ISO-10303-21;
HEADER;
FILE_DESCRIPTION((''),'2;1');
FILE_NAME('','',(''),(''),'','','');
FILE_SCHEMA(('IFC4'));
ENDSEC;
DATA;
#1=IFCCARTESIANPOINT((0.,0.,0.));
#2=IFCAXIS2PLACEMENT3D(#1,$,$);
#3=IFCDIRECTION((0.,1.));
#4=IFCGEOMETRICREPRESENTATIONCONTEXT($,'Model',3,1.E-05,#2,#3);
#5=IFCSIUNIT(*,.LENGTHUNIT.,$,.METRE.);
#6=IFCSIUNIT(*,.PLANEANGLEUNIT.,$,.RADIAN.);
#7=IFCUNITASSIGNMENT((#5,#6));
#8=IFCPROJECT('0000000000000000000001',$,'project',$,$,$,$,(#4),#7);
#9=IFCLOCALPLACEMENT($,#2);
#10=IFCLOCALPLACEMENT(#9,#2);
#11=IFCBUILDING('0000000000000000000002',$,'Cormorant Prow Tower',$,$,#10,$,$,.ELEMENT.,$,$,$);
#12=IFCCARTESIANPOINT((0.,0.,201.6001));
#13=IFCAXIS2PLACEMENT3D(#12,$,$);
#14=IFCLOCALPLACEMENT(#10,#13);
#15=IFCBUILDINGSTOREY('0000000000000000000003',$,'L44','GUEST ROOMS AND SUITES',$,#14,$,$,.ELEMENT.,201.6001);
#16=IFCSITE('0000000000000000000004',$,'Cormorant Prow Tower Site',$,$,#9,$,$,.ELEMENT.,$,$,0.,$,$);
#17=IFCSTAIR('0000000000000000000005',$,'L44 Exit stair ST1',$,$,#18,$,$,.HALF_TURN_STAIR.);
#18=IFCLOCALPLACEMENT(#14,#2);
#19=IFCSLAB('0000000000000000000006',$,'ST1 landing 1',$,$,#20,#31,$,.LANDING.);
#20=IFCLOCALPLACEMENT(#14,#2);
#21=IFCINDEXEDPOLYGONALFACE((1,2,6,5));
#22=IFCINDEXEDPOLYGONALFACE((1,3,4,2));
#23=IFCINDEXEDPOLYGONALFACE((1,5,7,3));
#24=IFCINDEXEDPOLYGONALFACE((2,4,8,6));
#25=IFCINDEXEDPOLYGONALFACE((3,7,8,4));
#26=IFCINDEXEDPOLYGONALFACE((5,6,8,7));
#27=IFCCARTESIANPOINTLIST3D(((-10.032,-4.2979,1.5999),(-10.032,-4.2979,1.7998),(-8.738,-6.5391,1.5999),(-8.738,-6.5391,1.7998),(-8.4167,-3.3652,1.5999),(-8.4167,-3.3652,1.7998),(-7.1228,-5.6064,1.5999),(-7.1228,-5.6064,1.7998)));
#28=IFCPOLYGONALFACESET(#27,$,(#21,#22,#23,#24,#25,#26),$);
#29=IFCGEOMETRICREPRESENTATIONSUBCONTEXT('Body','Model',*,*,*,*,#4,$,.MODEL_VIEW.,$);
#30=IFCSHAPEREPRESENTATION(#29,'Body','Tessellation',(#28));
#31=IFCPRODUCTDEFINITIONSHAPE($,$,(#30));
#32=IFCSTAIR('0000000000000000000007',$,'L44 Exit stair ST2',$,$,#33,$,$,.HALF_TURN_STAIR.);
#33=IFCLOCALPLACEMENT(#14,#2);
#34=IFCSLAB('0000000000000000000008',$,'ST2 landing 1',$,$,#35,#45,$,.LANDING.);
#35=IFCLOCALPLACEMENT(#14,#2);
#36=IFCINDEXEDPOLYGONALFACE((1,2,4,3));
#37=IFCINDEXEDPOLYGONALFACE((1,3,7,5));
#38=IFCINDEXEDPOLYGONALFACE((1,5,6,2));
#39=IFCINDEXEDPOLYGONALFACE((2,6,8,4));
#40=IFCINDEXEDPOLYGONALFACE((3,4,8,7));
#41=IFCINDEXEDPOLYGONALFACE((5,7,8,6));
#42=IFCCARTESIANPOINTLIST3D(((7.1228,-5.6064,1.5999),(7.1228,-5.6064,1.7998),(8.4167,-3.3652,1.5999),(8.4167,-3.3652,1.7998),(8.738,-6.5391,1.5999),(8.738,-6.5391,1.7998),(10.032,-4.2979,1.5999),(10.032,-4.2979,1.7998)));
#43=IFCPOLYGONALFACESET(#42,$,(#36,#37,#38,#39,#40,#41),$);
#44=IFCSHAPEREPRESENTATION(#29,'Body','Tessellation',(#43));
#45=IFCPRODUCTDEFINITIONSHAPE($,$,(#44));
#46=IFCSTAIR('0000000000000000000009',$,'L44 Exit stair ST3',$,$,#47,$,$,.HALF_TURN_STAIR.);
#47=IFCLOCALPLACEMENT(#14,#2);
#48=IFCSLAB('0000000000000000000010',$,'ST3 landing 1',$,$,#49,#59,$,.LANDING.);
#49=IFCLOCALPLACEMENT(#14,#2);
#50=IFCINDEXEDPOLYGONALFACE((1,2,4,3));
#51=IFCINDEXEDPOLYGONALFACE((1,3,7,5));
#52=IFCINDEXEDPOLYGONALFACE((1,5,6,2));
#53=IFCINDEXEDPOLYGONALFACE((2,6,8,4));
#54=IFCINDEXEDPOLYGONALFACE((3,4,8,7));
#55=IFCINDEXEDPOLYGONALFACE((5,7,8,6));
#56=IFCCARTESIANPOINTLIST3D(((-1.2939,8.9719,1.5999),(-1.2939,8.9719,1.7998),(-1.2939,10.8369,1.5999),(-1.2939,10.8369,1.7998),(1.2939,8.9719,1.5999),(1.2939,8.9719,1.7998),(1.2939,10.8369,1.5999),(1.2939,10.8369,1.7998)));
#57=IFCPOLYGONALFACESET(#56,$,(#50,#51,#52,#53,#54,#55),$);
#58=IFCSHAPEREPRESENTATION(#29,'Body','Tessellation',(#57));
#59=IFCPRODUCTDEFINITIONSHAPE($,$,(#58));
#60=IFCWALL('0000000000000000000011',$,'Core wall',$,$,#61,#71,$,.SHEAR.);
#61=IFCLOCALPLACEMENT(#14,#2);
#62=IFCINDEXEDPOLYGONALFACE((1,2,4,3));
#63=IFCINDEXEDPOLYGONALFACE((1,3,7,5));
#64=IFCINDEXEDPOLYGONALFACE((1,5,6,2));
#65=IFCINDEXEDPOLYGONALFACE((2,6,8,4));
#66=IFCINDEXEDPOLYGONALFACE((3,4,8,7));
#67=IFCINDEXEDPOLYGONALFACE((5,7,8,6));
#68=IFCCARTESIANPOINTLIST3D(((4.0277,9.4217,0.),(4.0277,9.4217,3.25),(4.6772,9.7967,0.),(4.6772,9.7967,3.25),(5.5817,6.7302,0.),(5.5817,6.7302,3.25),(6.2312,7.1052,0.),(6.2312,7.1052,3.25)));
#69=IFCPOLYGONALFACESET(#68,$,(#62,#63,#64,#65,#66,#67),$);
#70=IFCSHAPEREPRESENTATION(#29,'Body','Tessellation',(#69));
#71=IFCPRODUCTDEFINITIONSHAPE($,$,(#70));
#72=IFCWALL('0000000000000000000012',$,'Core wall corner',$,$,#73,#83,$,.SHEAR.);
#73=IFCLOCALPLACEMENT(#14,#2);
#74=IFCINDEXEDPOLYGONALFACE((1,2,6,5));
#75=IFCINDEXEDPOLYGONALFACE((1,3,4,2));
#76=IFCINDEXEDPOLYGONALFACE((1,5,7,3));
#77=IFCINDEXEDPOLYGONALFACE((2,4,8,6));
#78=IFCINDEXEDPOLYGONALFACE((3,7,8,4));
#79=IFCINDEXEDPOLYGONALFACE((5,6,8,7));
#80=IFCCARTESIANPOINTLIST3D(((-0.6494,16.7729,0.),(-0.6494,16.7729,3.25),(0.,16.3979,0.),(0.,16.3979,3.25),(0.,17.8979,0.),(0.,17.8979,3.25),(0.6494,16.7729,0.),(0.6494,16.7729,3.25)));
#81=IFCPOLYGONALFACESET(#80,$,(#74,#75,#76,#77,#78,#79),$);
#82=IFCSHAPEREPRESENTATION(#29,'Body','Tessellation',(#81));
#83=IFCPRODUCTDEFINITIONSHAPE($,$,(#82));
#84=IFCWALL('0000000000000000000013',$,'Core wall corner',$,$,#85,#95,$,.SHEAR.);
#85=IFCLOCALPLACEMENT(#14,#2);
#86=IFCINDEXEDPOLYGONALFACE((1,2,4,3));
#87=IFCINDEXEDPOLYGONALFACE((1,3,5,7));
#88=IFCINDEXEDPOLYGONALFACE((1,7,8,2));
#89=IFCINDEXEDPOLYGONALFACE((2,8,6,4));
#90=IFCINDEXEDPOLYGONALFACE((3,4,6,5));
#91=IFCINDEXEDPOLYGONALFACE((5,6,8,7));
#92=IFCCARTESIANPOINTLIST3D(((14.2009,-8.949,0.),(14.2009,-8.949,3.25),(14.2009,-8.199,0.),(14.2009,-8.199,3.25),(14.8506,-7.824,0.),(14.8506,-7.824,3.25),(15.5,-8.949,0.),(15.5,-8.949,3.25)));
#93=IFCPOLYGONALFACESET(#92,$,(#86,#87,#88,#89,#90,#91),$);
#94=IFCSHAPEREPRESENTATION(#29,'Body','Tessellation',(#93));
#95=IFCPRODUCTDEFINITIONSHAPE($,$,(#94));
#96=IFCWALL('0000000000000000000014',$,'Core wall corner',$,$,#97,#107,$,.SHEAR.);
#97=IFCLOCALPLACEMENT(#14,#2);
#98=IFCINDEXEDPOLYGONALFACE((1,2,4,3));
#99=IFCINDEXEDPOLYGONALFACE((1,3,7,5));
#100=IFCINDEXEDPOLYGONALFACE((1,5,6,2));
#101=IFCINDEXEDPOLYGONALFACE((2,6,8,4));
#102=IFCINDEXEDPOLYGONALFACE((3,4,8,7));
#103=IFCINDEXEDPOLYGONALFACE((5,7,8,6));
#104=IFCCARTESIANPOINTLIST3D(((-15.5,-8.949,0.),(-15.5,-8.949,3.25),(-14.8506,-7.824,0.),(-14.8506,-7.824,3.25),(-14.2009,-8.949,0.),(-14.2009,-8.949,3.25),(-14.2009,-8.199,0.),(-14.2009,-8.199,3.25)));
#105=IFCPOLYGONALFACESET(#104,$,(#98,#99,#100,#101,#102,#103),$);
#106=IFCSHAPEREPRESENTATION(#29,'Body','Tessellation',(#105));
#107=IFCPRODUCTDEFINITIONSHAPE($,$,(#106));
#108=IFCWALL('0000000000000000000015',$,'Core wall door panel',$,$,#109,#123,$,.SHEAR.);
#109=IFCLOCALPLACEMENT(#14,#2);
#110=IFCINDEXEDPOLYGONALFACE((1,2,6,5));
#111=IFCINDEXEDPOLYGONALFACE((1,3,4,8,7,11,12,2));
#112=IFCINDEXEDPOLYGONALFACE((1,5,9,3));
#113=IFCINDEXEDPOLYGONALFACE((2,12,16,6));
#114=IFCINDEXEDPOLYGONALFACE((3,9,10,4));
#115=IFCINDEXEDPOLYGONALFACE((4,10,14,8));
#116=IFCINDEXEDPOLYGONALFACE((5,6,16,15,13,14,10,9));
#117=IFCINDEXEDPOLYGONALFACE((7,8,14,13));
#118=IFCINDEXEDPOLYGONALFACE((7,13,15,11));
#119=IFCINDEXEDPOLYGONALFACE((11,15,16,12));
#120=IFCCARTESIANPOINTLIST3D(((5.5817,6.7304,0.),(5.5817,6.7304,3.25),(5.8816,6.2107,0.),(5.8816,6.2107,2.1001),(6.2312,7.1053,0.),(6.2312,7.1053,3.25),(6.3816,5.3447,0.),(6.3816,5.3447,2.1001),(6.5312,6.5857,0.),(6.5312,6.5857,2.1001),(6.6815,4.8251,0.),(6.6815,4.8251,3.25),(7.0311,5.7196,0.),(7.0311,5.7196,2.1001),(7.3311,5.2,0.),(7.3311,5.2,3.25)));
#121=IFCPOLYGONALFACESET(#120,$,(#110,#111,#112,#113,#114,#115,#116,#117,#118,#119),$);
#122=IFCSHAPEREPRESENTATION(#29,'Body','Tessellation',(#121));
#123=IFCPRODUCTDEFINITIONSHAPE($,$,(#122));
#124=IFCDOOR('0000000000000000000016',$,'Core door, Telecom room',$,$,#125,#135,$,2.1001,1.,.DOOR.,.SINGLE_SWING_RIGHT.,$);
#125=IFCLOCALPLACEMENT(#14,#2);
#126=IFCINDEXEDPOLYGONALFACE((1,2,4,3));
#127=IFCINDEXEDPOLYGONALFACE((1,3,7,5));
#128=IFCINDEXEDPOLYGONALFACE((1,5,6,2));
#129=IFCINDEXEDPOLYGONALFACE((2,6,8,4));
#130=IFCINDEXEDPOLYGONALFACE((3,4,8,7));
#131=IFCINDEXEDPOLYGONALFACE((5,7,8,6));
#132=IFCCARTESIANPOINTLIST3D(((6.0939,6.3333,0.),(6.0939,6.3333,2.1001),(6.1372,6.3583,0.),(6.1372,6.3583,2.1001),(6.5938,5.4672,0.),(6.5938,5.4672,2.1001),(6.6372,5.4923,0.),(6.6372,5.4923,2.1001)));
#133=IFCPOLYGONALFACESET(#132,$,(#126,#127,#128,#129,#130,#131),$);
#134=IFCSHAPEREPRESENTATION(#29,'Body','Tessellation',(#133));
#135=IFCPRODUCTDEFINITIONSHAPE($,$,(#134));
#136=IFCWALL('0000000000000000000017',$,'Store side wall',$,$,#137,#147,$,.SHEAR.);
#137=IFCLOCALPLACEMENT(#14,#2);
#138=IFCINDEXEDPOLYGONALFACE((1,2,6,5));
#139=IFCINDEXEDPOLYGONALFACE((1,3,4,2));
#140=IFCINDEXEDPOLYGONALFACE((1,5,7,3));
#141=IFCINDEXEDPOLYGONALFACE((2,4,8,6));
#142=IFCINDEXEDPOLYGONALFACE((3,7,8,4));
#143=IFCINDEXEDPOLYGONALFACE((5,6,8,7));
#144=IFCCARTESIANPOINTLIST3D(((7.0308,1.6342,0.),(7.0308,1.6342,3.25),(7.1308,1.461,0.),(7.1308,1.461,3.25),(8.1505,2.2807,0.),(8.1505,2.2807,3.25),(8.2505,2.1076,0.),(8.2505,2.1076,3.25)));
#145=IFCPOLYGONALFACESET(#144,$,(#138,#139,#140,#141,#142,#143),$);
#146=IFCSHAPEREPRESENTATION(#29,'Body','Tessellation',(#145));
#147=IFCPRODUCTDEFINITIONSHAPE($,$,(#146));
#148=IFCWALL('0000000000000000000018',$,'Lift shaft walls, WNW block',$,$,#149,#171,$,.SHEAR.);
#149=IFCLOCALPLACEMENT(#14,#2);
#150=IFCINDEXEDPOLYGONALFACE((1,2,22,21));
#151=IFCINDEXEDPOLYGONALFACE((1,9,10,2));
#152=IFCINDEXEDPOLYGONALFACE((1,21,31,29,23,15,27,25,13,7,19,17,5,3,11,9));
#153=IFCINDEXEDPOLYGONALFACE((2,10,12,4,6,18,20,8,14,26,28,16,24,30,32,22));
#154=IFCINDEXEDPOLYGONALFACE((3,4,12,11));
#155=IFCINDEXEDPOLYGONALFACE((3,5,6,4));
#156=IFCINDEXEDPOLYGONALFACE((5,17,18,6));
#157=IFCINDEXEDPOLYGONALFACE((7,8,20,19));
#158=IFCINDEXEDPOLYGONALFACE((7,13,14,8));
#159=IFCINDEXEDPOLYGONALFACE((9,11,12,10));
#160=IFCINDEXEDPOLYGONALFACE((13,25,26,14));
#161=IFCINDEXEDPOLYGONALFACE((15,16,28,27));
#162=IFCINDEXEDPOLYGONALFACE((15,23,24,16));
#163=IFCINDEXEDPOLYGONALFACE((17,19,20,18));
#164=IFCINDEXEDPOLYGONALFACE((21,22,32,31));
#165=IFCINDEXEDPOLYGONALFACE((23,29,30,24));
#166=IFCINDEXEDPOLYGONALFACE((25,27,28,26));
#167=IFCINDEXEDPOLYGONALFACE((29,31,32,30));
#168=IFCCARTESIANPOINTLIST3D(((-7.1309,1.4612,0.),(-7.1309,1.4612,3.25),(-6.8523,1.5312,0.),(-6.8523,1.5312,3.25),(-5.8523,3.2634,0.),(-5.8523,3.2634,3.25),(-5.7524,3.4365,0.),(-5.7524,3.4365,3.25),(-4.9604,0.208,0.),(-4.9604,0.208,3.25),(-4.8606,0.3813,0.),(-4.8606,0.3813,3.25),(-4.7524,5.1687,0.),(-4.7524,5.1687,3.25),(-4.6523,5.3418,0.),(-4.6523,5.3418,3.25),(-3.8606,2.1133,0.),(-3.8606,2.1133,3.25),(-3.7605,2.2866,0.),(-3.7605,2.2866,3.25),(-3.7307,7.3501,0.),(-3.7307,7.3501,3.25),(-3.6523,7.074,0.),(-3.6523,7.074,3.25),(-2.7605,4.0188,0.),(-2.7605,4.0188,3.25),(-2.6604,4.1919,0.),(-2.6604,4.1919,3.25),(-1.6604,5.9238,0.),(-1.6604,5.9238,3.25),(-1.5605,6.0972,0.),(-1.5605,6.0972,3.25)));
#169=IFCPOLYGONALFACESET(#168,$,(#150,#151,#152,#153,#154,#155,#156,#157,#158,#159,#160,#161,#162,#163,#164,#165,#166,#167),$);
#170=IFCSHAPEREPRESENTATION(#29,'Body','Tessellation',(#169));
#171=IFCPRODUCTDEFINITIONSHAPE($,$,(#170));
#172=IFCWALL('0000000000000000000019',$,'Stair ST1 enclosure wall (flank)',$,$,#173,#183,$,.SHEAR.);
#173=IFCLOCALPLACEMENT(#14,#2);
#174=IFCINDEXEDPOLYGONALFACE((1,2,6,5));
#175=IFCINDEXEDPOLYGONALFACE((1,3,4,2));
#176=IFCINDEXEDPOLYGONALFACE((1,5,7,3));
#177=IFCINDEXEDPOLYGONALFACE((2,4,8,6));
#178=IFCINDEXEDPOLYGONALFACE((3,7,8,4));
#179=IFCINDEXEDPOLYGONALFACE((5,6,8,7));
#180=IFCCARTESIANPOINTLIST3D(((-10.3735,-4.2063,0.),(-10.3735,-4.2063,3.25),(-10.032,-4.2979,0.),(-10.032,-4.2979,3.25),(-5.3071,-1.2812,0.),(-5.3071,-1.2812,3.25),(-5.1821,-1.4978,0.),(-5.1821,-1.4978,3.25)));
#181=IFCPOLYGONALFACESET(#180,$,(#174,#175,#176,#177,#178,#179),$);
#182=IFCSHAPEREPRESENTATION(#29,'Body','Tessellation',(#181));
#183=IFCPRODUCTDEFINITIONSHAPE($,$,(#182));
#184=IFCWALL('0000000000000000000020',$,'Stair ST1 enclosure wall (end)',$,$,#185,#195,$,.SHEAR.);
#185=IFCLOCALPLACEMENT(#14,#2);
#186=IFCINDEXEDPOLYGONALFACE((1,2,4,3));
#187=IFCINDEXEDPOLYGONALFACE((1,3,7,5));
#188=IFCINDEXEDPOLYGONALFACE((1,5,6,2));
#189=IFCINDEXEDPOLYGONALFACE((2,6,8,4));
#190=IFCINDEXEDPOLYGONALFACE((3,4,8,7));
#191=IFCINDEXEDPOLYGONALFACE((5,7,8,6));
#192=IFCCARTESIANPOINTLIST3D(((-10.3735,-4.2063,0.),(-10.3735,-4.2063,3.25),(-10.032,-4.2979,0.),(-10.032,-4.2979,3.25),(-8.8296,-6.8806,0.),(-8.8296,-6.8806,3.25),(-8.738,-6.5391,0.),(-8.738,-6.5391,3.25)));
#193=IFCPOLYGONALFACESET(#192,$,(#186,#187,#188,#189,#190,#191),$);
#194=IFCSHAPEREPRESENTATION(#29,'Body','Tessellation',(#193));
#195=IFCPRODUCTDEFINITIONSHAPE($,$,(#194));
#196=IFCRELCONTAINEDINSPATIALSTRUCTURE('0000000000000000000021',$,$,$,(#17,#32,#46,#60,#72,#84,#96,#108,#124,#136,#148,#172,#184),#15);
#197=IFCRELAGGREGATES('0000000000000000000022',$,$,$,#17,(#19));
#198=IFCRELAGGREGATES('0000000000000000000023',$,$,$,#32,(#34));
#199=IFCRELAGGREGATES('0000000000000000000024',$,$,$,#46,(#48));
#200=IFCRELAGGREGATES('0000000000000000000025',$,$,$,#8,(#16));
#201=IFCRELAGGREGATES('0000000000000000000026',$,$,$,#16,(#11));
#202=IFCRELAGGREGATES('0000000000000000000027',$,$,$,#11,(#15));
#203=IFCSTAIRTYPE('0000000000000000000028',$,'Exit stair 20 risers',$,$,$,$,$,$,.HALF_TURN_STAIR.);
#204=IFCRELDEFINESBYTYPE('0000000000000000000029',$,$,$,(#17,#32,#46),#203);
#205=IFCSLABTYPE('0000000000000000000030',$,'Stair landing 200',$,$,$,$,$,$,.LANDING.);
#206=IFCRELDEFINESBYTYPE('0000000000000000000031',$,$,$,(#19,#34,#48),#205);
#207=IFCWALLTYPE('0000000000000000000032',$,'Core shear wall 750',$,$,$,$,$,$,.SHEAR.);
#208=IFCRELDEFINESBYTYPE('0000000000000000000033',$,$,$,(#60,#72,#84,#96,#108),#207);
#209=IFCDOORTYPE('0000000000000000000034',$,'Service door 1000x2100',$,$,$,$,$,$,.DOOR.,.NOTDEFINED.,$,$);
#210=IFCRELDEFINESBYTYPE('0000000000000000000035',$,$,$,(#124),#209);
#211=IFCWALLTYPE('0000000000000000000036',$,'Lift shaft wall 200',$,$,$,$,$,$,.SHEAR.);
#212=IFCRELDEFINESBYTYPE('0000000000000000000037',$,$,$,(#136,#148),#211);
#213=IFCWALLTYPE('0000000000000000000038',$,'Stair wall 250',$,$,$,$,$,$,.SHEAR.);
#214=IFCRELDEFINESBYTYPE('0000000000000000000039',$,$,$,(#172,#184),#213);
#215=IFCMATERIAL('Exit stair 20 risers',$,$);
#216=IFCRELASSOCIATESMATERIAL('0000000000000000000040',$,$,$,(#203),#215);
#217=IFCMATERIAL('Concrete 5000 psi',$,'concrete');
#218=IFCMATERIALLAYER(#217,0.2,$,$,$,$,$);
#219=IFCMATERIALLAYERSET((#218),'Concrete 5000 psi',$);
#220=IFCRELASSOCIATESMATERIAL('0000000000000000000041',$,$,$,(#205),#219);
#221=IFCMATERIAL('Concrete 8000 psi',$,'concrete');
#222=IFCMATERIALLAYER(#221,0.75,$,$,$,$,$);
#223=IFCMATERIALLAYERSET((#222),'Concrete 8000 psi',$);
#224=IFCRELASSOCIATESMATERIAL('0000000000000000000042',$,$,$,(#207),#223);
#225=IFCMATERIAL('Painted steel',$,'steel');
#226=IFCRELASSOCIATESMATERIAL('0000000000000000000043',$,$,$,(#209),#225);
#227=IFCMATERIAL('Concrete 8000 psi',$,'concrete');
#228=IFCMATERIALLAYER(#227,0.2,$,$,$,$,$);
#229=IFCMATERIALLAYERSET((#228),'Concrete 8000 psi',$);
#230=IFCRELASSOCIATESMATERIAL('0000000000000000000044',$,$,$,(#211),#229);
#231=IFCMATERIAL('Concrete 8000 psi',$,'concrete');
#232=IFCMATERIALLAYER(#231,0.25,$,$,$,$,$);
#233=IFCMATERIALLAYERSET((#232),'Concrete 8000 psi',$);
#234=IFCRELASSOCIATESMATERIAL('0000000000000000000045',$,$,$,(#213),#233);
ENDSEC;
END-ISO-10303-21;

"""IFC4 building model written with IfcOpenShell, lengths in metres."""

from ifc_helpers import new_model, si_unit, direction, frame, frame_2d, origin, place, context, subcontext, project, spatial, polyline, rectangle, outline, extrude, material, layer, layer_set, type_object, element, fill, aggregate, save


model = new_model("IFC4")

# Units and contexts
model_context = context("Model", 3, precision=1e-05, world=origin(), true_north=direction((0.0, 1.0)))
body_context = subcontext(model_context, "Body", "Model", "MODEL_VIEW")
ifc_project = project(units=[si_unit("LENGTHUNIT", "METRE"), si_unit("PLANEANGLEUNIT", "RADIAN")], contexts=[model_context])

# Site, building, storey
site_placement = place(None, origin())
site = spatial("IfcSite", under=ifc_project, at=site_placement, Name="Cormorant Prow Tower Site", CompositionType="ELEMENT", RefElevation=0.0)
building_placement = place(site_placement, origin())
building = spatial("IfcBuilding", under=site, at=building_placement, Name="Cormorant Prow Tower", CompositionType="ELEMENT")
storey_placement = place(building_placement, frame((0.0, 0.0, 201.6001)))
storey = spatial("IfcBuildingStorey", under=building, at=storey_placement, Name="L44", Description="GUEST ROOMS AND SUITES", CompositionType="ELEMENT", Elevation=201.6001)

# Stairs, slabs
ifc_material_1 = material(Name="Exit stair 20 risers")
stair_type = type_object("IfcStairType", Name="Exit stair 20 risers", PredefinedType="HALF_TURN_STAIR", material=ifc_material_1)
stair_1_placement = place(storey_placement, origin())
stair_1 = element("IfcStair", 1, at=stair_1_placement, inside=storey, type_object=stair_type, Name="L44 Exit stair ST1", PredefinedType="HALF_TURN_STAIR")
ifc_material_2 = material(Name="Concrete 5000 psi", Category="concrete")
ifc_layer_1 = layer(ifc_material_2, 0.2)
ifc_layer_set_1 = layer_set([ifc_layer_1], Name="Concrete 5000 psi")
slab_type = type_object("IfcSlabType", Name="Stair landing 200", PredefinedType="LANDING", material=ifc_layer_set_1)
slab_1_placement = place(storey_placement, frame((0.0, 0.0, 1.5999)))
slab_1 = element("IfcSlab", 2, at=slab_1_placement, type_object=slab_type, Name="ST1 landing 1", PredefinedType="LANDING", context=body_context, shape_type="SweptSolid", body=[
    extrude(outline(polyline([(-8.4167, -3.3652), (-10.032, -4.2979), (-8.738, -6.5391), (-7.1228, -5.6064), (-8.4167, -3.3652)])), origin(), (0.0, 0.0, 1.0), 0.2),
])
aggregate(stair_1, [slab_1])
stair_2_placement = place(storey_placement, origin())
stair_2 = element("IfcStair", 3, at=stair_2_placement, inside=storey, type_object=stair_type, Name="L44 Exit stair ST2", PredefinedType="HALF_TURN_STAIR")
slab_2_placement = place(storey_placement, frame((0.0, 0.0, 1.5999)))
slab_2 = element("IfcSlab", 4, at=slab_2_placement, type_object=slab_type, Name="ST2 landing 1", PredefinedType="LANDING", context=body_context, shape_type="SweptSolid", body=[
    extrude(outline(polyline([(7.1228, -5.6064), (8.738, -6.5391), (10.032, -4.2979), (8.4167, -3.3652), (7.1228, -5.6064)])), origin(), (0.0, 0.0, 1.0), 0.2),
])
aggregate(stair_2, [slab_2])
stair_3_placement = place(storey_placement, origin())
stair_3 = element("IfcStair", 5, at=stair_3_placement, inside=storey, type_object=stair_type, Name="L44 Exit stair ST3", PredefinedType="HALF_TURN_STAIR")
slab_3_placement = place(storey_placement, frame((0.0, 0.0, 1.5999)))
slab_3 = element("IfcSlab", 6, at=slab_3_placement, type_object=slab_type, Name="ST3 landing 1", PredefinedType="LANDING", context=body_context, shape_type="SweptSolid", body=[
    extrude(outline(polyline([(1.2939, 8.9719), (1.2939, 10.8369), (-1.2939, 10.8369), (-1.2939, 8.9719), (1.2939, 8.9719)])), origin(), (0.0, 0.0, 1.0), 0.2),
])

# Walls
ifc_material_3 = material(Name="Concrete 8000 psi", Category="concrete")
ifc_layer_2 = layer(ifc_material_3, 0.75)
ifc_layer_set_2 = layer_set([ifc_layer_2], Name="Concrete 8000 psi")
wall_type_1 = type_object("IfcWallType", Name="Core shear wall 750", PredefinedType="SHEAR", material=ifc_layer_set_2)
wall_1_placement = place(storey_placement, frame((5.9065, 6.9177, 0.0), z_axis=(0.0, 0.0, 1.0), x_axis=(-0.500017, 0.866016, 0.0)))
element("IfcWall", 7, at=wall_1_placement, inside=storey, type_object=wall_type_1, Name="Core wall", PredefinedType="SHEAR", context=body_context, shape_type="SweptSolid", body=[
    extrude(rectangle(XDim=3.1079, YDim=0.75, at=frame_2d((1.554, 0.0))), origin(), (0.0, 0.0, 1.0), 3.25),
])
wall_2_placement = place(storey_placement, origin())
element("IfcWall", 8, at=wall_2_placement, inside=storey, type_object=wall_type_1, Name="Core wall corner", PredefinedType="SHEAR", context=body_context, shape_type="SweptSolid", body=[
    extrude(outline(polyline([(-0.6494, 16.7729), (0.0, 17.8979), (0.6494, 16.7729), (0.0, 16.3979), (-0.6494, 16.7729)])), origin(), (0.0, 0.0, 1.0), 3.25),
])
wall_3_placement = place(storey_placement, origin())
element("IfcWall", 9, at=wall_3_placement, inside=storey, type_object=wall_type_1, Name="Core wall corner", PredefinedType="SHEAR", context=body_context, shape_type="SweptSolid", body=[
    extrude(outline(polyline([(14.2009, -8.949), (14.2009, -8.199), (14.8506, -7.824), (15.5, -8.949), (14.2009, -8.949)])), origin(), (0.0, 0.0, 1.0), 3.25),
])
wall_4_placement = place(storey_placement, origin())
element("IfcWall", 10, at=wall_4_placement, inside=storey, type_object=wall_type_1, Name="Core wall corner", PredefinedType="SHEAR", context=body_context, shape_type="SweptSolid", body=[
    extrude(outline(polyline([(-14.8506, -7.824), (-14.2009, -8.199), (-14.2009, -8.949), (-15.5, -8.949), (-14.8506, -7.824)])), origin(), (0.0, 0.0, 1.0), 3.25),
])

# Wall, opening, door
wall_5_placement = place(storey_placement, frame((7.0063, 5.0125, 0.0), z_axis=(0.0, 0.0, 1.0), x_axis=(-0.499947, 0.866056, 0.0)))
wall_5 = element("IfcWall", 11, at=wall_5_placement, inside=storey, type_object=wall_type_1, Name="Core wall door panel", PredefinedType="SHEAR", context=body_context, shape_type="SweptSolid", body=[
    extrude(rectangle(XDim=2.2, YDim=0.75, at=frame_2d((1.1001, 0.0))), origin(), (0.0, 0.0, 1.0), 3.25),
])
opening_1_placement = place(wall_5_placement, frame((0.6001, 0.0, 0.0)))
opening_1 = element("IfcOpeningElement", 12, at=opening_1_placement, cuts=wall_5, PredefinedType="OPENING", context=body_context, shape_type="SweptSolid", body=[
    extrude(rectangle(XDim=1.0, YDim=2.1001, at=frame_2d((0.5, 1.05))), frame((0.0, 0.385, 0.0), z_axis=(0.0, -1.0, 0.0), x_axis=(1.0, 0.0, 0.0)), (0.0, 0.0, 1.0), 0.77),
])
ifc_material_4 = material(Name="Painted steel", Category="steel")
door_type_1 = type_object("IfcDoorType", Name="Service door 1000x2100", OperationType="NOTDEFINED", PredefinedType="DOOR", material=ifc_material_4)
door_1_placement = place(opening_1_placement, origin())
door_1 = element("IfcDoor", 13, at=door_1_placement, inside=storey, type_object=door_type_1, Name="Core door, Telecom room", OperationType="SINGLE_SWING_RIGHT", OverallHeight=2.1001, OverallWidth=1.0, PredefinedType="DOOR", context=body_context, shape_type="SweptSolid", body=[
    extrude(rectangle(XDim=1.0, YDim=2.1001, at=frame_2d((0.5, 1.05))), frame((0.0, 0.1299, 0.0), z_axis=(0.0, -1.0, 0.0), x_axis=(1.0, 0.0, 0.0)), (0.0, 0.0, 1.0), 0.05),
])
fill(opening_1, door_1)

# Walls
ifc_material_5 = material(Name="Concrete 8000 psi", Category="concrete")
ifc_layer_3 = layer(ifc_material_5, 0.2)
ifc_layer_set_3 = layer_set([ifc_layer_3], Name="Concrete 8000 psi")
wall_type_2 = type_object("IfcWallType", Name="Lift shaft wall 200", PredefinedType="SHEAR", material=ifc_layer_set_3)
wall_6_placement = place(storey_placement, frame((7.0808, 1.5476, 0.0), z_axis=(0.0, 0.0, 1.0), x_axis=(0.866003, 0.500038, 0.0)))
element("IfcWall", 14, at=wall_6_placement, inside=storey, type_object=wall_type_2, Name="Store side wall", PredefinedType="SHEAR", context=body_context, shape_type="SweptSolid", body=[
    extrude(rectangle(XDim=1.293, YDim=0.2, at=frame_2d((0.6465, 0.0))), origin(), (0.0, 0.0, 1.0), 3.25),
])
wall_7_placement = place(storey_placement, origin())
element("IfcWall", 15, at=wall_7_placement, inside=storey, type_object=wall_type_2, Name="Lift shaft walls, WNW block", PredefinedType="SHEAR", context=body_context, shape_type="SweptSolid", body=[
    extrude(outline(polyline([(-4.9604, 0.208), (-7.1309, 1.4612), (-3.7307, 7.3501), (-1.5605, 6.0972), (-1.6604, 5.9238), (-3.6523, 7.074), (-4.6523, 5.3418), (-2.6604, 4.1919), (-2.7605, 4.0188), (-4.7524, 5.1687), (-5.7524, 3.4365), (-3.7605, 2.2866), (-3.8606, 2.1133), (-5.8523, 3.2634), (-6.8523, 1.5312), (-4.8606, 0.3813), (-4.9604, 0.208)])), origin(), (0.0, 0.0, 1.0), 3.25),
])
ifc_material_6 = material(Name="Concrete 8000 psi", Category="concrete")
ifc_layer_4 = layer(ifc_material_6, 0.25)
ifc_layer_set_4 = layer_set([ifc_layer_4], Name="Concrete 8000 psi")
wall_type_3 = type_object("IfcWallType", Name="Stair wall 250", PredefinedType="SHEAR", material=ifc_layer_set_4)
wall_8_placement = place(storey_placement, origin())
element("IfcWall", 16, at=wall_8_placement, inside=storey, type_object=wall_type_3, Name="Stair ST1 enclosure wall (flank)", PredefinedType="SHEAR", context=body_context, shape_type="SweptSolid", body=[
    extrude(outline(polyline([(-5.3071, -1.2812), (-10.3735, -4.2063), (-10.032, -4.2979), (-5.1821, -1.4978), (-5.3071, -1.2812)])), origin(), (0.0, 0.0, 1.0), 3.25),
])
wall_9_placement = place(storey_placement, origin())
element("IfcWall", 17, at=wall_9_placement, inside=storey, type_object=wall_type_3, Name="Stair ST1 enclosure wall (end)", PredefinedType="SHEAR", context=body_context, shape_type="SweptSolid", body=[
    extrude(outline(polyline([(-10.3735, -4.2063), (-8.8296, -6.8806), (-8.738, -6.5391), (-10.032, -4.2979), (-10.3735, -4.2063)])), origin(), (0.0, 0.0, 1.0), 3.25),
])

aggregate(stair_3, [slab_3])

save(model, "model.ifc")
